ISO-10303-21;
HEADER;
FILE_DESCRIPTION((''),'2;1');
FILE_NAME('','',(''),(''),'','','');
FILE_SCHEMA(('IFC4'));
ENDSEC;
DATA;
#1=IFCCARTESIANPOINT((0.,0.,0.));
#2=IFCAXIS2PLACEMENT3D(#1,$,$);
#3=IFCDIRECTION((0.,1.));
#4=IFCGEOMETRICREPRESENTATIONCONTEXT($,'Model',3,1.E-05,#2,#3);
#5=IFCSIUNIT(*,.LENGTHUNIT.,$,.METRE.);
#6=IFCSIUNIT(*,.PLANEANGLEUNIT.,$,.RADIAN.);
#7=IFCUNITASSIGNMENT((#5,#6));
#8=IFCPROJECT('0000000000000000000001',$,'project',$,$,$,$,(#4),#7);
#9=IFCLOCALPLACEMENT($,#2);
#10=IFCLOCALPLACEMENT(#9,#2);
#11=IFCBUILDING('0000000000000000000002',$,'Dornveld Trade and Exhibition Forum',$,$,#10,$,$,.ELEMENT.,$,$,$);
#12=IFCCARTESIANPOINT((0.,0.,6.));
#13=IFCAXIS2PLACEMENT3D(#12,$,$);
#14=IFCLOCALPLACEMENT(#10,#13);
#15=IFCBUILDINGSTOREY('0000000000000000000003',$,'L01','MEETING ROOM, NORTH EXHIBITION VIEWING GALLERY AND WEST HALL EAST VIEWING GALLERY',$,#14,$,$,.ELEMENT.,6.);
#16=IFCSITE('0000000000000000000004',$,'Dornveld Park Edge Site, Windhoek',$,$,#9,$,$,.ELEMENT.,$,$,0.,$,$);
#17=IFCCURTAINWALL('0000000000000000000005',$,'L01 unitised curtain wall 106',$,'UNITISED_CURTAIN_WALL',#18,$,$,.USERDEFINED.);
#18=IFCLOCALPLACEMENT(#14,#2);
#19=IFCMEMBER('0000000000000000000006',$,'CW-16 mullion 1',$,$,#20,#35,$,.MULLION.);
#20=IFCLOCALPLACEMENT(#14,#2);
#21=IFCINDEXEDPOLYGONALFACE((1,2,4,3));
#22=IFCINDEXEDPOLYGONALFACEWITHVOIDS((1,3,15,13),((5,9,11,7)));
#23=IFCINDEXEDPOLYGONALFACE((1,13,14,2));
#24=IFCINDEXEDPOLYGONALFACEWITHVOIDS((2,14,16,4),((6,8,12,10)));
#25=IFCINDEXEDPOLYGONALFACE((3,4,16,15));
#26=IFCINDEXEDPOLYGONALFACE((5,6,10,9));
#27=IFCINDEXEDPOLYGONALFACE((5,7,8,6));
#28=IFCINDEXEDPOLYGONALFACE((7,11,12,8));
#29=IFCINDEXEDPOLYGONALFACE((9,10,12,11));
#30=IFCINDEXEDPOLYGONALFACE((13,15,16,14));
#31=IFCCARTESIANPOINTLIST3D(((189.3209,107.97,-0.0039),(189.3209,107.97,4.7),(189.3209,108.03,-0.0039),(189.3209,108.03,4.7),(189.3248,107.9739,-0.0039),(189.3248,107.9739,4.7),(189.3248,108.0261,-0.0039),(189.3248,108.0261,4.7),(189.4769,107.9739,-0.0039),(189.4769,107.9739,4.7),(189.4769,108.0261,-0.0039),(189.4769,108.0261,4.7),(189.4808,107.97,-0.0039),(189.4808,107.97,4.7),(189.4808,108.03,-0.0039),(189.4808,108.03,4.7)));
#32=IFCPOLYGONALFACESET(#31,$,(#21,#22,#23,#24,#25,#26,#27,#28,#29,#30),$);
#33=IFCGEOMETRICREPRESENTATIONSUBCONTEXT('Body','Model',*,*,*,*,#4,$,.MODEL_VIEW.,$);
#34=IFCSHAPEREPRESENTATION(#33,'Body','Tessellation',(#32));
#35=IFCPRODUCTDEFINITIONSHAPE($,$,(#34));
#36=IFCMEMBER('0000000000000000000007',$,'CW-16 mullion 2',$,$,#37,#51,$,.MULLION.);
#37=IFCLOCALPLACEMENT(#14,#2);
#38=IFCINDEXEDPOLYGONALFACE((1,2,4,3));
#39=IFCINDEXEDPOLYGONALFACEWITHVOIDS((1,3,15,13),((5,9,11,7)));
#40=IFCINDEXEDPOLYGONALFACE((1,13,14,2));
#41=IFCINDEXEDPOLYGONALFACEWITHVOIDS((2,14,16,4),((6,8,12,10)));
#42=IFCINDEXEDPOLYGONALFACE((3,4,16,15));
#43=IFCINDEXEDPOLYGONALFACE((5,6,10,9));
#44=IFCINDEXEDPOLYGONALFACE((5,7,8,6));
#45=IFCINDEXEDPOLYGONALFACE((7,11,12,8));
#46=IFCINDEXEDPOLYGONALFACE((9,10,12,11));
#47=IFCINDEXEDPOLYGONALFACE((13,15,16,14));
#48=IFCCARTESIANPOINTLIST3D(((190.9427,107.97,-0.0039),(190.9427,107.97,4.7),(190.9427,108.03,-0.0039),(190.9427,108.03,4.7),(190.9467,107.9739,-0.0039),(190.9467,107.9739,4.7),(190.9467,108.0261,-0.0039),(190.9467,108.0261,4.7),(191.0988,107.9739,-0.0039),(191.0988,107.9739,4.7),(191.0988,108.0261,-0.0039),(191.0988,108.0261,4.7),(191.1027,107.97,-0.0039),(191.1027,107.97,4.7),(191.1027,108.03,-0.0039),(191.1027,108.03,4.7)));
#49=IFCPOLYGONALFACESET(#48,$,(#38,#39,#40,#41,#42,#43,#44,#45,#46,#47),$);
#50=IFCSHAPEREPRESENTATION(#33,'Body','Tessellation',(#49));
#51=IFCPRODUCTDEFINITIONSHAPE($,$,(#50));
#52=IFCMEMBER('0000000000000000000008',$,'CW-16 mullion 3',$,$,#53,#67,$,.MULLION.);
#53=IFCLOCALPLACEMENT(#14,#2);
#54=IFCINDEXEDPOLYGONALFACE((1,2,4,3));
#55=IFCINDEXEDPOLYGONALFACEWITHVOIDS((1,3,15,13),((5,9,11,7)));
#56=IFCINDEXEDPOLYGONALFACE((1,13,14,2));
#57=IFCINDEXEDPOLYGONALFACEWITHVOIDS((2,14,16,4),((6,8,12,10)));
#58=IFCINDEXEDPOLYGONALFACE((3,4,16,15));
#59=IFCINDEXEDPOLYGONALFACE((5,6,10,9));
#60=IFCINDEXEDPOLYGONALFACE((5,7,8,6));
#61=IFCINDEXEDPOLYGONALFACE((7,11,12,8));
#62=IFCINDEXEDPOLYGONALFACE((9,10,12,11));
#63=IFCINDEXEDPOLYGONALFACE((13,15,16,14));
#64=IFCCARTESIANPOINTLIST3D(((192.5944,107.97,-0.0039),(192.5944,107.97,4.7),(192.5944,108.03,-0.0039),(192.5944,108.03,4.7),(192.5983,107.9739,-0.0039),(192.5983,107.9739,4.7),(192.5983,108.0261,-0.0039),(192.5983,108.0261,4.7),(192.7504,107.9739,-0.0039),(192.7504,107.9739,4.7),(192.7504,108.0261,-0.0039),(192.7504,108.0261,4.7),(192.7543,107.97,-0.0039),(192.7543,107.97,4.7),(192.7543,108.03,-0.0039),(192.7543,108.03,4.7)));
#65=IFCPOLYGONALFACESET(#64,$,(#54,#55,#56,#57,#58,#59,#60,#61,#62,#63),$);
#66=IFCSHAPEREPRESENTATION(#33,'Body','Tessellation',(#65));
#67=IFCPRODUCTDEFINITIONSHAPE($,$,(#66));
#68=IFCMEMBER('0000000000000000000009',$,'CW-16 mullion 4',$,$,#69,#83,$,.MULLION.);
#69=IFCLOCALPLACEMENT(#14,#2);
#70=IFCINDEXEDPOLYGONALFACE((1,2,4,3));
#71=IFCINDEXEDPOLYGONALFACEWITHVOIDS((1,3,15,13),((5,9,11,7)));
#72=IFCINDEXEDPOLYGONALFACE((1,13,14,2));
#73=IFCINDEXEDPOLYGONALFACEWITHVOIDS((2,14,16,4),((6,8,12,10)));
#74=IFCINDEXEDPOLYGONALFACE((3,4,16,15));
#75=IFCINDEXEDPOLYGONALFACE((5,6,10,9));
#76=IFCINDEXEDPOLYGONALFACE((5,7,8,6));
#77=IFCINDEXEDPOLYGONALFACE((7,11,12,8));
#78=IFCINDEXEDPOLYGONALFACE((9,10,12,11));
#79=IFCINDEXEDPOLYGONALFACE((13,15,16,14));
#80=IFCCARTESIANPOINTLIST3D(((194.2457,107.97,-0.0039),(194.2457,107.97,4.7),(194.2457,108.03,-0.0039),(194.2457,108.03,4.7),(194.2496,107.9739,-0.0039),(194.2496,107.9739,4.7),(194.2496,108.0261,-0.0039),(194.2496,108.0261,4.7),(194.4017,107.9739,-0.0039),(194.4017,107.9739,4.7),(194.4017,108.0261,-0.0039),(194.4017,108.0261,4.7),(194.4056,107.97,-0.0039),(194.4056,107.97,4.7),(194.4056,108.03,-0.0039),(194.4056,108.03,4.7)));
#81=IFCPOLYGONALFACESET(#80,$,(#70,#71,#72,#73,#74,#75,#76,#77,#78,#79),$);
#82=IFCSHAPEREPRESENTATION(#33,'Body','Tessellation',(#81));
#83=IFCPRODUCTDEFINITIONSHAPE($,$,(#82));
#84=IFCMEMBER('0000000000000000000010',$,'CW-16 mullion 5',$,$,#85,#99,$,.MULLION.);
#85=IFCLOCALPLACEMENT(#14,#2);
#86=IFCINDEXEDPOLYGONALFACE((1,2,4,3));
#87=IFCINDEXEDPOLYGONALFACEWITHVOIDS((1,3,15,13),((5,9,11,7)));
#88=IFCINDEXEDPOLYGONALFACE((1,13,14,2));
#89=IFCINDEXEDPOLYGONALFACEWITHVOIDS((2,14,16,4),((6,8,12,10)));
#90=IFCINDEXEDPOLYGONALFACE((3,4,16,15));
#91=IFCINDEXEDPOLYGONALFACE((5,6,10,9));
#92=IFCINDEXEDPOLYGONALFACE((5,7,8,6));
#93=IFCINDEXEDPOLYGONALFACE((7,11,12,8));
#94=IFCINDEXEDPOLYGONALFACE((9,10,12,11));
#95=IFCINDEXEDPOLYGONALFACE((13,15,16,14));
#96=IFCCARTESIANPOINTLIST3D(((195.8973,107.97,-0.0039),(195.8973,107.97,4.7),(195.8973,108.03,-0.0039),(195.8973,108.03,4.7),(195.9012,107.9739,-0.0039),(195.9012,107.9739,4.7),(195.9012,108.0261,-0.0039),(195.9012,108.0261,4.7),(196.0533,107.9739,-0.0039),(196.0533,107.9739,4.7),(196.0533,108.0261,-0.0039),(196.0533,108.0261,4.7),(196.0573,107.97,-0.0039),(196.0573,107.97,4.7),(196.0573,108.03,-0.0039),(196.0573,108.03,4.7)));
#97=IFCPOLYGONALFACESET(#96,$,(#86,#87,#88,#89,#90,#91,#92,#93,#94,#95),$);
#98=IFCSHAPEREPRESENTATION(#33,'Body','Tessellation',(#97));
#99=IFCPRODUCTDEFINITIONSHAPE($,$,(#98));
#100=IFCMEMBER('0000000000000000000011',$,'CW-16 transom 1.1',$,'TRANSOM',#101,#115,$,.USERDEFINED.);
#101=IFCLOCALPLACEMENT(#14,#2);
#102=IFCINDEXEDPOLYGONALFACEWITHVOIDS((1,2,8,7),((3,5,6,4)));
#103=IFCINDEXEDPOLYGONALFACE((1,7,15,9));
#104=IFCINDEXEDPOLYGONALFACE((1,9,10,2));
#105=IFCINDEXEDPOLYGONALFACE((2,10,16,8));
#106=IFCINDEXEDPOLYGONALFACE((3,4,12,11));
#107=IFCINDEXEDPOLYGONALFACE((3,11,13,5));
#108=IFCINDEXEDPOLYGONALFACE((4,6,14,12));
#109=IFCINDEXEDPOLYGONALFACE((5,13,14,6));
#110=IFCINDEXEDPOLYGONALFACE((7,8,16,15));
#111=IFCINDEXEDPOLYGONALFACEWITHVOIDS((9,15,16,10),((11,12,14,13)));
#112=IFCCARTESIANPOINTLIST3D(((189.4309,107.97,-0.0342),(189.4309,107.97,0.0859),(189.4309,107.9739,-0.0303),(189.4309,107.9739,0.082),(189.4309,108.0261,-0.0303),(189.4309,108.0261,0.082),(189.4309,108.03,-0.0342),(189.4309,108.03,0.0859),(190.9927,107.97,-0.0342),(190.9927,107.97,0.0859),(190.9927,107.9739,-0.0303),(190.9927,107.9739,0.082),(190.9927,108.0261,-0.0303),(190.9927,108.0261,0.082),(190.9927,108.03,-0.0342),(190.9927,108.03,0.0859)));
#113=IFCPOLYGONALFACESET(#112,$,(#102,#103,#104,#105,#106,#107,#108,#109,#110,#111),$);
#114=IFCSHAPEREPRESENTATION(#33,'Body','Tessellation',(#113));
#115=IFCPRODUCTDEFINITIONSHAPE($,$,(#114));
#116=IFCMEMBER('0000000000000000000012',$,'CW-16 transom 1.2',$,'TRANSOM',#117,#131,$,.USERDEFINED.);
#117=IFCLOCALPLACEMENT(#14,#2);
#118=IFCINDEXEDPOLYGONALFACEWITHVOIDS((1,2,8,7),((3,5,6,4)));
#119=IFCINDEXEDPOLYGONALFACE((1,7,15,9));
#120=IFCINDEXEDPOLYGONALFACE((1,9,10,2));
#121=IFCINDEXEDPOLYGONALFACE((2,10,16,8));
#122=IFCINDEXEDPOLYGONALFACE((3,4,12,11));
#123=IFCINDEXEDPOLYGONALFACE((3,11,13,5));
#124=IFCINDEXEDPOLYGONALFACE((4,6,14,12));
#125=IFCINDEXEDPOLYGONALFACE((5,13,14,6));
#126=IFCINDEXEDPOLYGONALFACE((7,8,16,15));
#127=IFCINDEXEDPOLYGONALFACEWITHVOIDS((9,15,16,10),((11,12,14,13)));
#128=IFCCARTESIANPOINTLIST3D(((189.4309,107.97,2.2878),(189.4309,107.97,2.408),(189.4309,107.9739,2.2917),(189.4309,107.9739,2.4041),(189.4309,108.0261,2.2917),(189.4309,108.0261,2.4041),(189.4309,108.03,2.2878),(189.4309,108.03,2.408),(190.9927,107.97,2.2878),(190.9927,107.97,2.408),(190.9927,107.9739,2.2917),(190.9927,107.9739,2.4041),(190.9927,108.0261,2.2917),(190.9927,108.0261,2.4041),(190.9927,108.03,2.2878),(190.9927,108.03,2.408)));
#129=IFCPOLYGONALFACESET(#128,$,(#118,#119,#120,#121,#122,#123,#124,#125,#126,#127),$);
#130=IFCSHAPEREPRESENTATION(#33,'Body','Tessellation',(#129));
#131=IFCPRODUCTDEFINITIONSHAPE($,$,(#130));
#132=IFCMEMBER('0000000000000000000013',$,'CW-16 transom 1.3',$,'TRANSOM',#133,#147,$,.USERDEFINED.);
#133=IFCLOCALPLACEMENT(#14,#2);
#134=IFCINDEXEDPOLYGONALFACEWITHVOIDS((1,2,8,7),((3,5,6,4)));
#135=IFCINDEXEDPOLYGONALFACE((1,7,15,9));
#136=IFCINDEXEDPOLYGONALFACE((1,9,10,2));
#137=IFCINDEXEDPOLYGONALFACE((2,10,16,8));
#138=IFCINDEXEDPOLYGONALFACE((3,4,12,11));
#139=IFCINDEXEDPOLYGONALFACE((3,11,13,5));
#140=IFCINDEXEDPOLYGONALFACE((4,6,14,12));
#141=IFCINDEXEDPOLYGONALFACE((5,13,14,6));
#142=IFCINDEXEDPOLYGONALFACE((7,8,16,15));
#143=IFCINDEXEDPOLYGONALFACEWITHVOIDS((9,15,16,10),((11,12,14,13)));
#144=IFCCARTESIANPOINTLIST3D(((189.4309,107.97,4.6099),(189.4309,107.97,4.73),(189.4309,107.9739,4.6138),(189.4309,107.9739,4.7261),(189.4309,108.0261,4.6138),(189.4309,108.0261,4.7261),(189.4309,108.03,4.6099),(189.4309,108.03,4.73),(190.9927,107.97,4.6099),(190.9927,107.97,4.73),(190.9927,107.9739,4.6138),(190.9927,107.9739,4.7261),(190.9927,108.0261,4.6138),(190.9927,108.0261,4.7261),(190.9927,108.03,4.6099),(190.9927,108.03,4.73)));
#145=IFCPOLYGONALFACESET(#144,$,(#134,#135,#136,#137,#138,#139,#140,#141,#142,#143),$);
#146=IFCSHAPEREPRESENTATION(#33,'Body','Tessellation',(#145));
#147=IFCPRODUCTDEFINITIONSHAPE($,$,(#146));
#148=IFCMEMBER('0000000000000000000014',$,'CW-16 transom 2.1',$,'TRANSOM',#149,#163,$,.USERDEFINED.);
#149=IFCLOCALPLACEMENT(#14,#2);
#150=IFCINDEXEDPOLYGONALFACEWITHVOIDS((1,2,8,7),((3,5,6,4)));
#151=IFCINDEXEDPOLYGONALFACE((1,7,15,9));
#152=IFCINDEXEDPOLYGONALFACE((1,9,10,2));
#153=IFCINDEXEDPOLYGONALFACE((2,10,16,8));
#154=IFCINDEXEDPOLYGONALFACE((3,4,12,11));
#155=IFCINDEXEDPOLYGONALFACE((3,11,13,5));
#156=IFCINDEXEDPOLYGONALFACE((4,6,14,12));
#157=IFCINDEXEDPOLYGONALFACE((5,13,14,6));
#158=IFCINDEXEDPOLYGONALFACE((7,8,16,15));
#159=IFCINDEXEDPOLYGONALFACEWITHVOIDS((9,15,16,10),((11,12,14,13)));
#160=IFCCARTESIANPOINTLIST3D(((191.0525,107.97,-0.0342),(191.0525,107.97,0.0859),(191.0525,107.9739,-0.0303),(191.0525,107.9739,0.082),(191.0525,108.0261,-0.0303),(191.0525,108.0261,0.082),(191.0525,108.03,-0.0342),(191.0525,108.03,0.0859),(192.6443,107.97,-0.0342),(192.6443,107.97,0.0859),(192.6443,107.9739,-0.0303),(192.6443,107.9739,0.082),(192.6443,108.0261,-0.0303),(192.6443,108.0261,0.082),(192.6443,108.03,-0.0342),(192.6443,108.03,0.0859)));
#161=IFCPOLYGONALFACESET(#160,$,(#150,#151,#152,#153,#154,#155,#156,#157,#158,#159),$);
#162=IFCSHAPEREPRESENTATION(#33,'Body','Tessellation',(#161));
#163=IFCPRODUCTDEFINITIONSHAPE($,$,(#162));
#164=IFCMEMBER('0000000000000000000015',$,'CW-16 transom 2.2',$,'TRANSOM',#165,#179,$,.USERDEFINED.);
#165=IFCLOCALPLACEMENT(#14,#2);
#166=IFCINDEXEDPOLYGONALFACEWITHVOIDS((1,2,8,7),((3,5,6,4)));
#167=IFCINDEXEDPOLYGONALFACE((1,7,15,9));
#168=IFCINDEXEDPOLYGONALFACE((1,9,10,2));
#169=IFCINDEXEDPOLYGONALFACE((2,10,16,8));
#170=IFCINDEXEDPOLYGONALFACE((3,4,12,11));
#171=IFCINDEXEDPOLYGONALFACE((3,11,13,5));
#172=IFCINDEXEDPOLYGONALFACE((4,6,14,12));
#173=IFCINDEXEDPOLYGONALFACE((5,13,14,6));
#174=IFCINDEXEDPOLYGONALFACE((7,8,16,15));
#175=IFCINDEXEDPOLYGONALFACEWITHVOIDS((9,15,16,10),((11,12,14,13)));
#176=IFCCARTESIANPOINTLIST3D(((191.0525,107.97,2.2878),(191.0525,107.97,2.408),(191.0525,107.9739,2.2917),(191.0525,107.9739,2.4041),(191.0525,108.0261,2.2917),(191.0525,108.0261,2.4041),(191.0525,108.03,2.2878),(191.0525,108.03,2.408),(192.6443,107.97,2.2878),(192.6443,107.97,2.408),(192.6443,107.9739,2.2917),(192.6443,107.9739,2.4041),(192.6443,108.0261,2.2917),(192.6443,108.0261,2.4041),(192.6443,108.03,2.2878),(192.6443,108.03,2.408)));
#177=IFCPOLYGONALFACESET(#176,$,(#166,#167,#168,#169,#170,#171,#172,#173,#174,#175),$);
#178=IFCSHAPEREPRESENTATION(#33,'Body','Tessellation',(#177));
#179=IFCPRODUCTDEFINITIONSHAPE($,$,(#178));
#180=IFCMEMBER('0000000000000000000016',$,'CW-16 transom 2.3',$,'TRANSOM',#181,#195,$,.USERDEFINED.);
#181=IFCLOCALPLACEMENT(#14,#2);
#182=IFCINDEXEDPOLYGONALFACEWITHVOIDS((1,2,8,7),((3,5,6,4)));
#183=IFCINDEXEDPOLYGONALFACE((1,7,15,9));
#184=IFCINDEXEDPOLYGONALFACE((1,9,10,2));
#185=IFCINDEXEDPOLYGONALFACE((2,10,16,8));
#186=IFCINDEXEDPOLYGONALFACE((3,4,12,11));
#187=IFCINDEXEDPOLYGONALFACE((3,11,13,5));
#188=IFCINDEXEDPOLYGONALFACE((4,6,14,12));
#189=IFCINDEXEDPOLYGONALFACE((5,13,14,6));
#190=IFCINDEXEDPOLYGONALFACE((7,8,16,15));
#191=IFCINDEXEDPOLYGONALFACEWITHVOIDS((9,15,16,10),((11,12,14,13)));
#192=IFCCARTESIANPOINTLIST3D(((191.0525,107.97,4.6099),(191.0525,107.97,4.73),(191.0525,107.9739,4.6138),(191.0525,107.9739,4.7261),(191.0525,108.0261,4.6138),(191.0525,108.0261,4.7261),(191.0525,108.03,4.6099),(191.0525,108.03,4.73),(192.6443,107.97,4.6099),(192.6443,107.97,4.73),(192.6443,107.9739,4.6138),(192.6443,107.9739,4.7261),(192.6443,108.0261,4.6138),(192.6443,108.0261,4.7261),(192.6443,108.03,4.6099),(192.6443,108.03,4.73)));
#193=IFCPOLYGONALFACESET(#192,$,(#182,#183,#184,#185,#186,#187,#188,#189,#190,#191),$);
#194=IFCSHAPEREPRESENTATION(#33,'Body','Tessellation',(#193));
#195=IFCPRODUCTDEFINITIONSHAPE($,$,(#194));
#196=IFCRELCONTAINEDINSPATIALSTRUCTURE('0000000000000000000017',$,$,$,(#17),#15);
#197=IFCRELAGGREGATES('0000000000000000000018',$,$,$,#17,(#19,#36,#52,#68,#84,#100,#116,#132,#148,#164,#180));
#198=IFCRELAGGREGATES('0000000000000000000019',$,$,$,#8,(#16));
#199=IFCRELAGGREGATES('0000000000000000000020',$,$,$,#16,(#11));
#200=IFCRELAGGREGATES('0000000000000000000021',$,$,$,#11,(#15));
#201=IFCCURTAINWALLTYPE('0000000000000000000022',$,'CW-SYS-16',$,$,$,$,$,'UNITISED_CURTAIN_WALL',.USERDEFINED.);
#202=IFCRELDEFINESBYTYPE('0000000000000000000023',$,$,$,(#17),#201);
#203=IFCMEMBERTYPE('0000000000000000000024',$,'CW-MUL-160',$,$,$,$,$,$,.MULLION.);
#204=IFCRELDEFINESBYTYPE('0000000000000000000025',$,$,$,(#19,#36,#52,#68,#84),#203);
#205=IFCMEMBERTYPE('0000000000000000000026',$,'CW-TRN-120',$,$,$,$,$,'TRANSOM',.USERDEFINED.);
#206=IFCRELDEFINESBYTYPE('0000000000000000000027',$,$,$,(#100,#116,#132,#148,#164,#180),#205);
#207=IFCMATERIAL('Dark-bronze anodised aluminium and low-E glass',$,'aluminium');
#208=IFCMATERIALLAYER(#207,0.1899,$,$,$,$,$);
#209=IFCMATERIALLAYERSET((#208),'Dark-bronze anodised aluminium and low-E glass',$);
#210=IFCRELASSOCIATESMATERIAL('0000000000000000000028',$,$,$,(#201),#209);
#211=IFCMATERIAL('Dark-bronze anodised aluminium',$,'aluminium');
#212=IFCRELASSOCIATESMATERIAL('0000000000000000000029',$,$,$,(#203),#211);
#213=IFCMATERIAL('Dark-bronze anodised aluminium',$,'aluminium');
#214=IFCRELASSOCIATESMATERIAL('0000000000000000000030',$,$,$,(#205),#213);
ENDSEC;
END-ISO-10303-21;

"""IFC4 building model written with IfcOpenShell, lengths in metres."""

from ifc_helpers import new_model, si_unit, direction, frame, origin, origin_2d, place, context, subcontext, project, spatial, hollow_rectangle, extrude, material, layer, layer_set, material_profile, profile_set, type_object, element, aggregate, save


model = new_model("IFC4")

# Units and contexts
model_context = context("Model", 3, precision=1e-05, world=origin(), true_north=direction((0.0, 1.0)))
body_context = subcontext(model_context, "Body", "Model", "MODEL_VIEW")
ifc_project = project(units=[si_unit("LENGTHUNIT", "METRE"), si_unit("PLANEANGLEUNIT", "RADIAN")], contexts=[model_context])

# Site, building, storey
site_placement = place(None, origin())
site = spatial("IfcSite", under=ifc_project, at=site_placement, Name="Dornveld Park Edge Site, Windhoek", CompositionType="ELEMENT", RefElevation=0.0)
building_placement = place(site_placement, origin())
building = spatial("IfcBuilding", under=site, at=building_placement, Name="Dornveld Trade and Exhibition Forum", CompositionType="ELEMENT")
storey_placement = place(building_placement, frame((0.0, 0.0, 6.0)))
storey = spatial("IfcBuildingStorey", under=building, at=storey_placement, Name="L01", Description="MEETING ROOM, NORTH EXHIBITION VIEWING GALLERY AND WEST HALL EAST VIEWING GALLERY", CompositionType="ELEMENT", Elevation=6.0)

# Curtain wall, members
ifc_material_1 = material(Name="Dark-bronze anodised aluminium and low-E glass", Category="aluminium")
ifc_layer_1 = layer(ifc_material_1, 0.1899)
ifc_layer_set_1 = layer_set([ifc_layer_1], Name="Dark-bronze anodised aluminium and low-E glass")
curtain_wall_type = type_object("IfcCurtainWallType", Name="CW-SYS-16", ElementType="UNITISED_CURTAIN_WALL", PredefinedType="USERDEFINED", material=ifc_layer_set_1)
curtain_wall_placement = place(storey_placement, origin())
curtain_wall = element("IfcCurtainWall", 1, at=curtain_wall_placement, inside=storey, type_object=curtain_wall_type, Name="L01 unitised curtain wall 106", ObjectType="UNITISED_CURTAIN_WALL", PredefinedType="USERDEFINED")
ifc_material_2 = material(Name="Dark-bronze anodised aluminium", Category="aluminium")
ifc_material_profile_1 = material_profile(ifc_material_2, hollow_rectangle(XDim=0.0601, YDim=0.1599, WallThickness=0.0039, at=origin_2d()), Name="RHS 160x60x4")
ifc_profile_set_1 = profile_set([ifc_material_profile_1], Name="Dark-bronze anodised aluminium")
member_type_1 = type_object("IfcMemberType", Name="CW-MUL-160", PredefinedType="MULLION", material=ifc_profile_set_1)
member_1_placement = place(storey_placement, frame((189.4009, 108.0, -0.0039), z_axis=(0.0, 0.0, 1.0), x_axis=(0.0, 1.0, 0.0)))
member_1 = element("IfcMember", 2, at=member_1_placement, type_object=member_type_1, Name="CW-16 mullion 1", PredefinedType="MULLION", context=body_context, shape_type="SweptSolid", body=[
    extrude(hollow_rectangle(XDim=0.0601, YDim=0.1599, WallThickness=0.0039, at=origin_2d()), origin(), (0.0, 0.0, 1.0), 4.7039),
])
member_2_placement = place(storey_placement, frame((191.0227, 108.0, -0.0039), z_axis=(0.0, 0.0, 1.0), x_axis=(0.0, 1.0, 0.0)))
member_2 = element("IfcMember", 3, at=member_2_placement, type_object=member_type_1, Name="CW-16 mullion 2", PredefinedType="MULLION", context=body_context, shape_type="SweptSolid", body=[
    extrude(hollow_rectangle(XDim=0.0601, YDim=0.1599, WallThickness=0.0039, at=origin_2d()), origin(), (0.0, 0.0, 1.0), 4.7039),
])
member_3_placement = place(storey_placement, frame((192.6743, 108.0, -0.0039), z_axis=(0.0, 0.0, 1.0), x_axis=(0.0, 1.0, 0.0)))
member_3 = element("IfcMember", 4, at=member_3_placement, type_object=member_type_1, Name="CW-16 mullion 3", PredefinedType="MULLION", context=body_context, shape_type="SweptSolid", body=[
    extrude(hollow_rectangle(XDim=0.0601, YDim=0.1599, WallThickness=0.0039, at=origin_2d()), origin(), (0.0, 0.0, 1.0), 4.7039),
])
member_4_placement = place(storey_placement, frame((194.3257, 108.0, -0.0039), z_axis=(0.0, 0.0, 1.0), x_axis=(0.0, 1.0, 0.0)))
member_4 = element("IfcMember", 5, at=member_4_placement, type_object=member_type_1, Name="CW-16 mullion 4", PredefinedType="MULLION", context=body_context, shape_type="SweptSolid", body=[
    extrude(hollow_rectangle(XDim=0.0601, YDim=0.1599, WallThickness=0.0039, at=origin_2d()), origin(), (0.0, 0.0, 1.0), 4.7039),
])
member_5_placement = place(storey_placement, frame((195.9773, 108.0, -0.0039), z_axis=(0.0, 0.0, 1.0), x_axis=(0.0, 1.0, 0.0)))
member_5 = element("IfcMember", 6, at=member_5_placement, type_object=member_type_1, Name="CW-16 mullion 5", PredefinedType="MULLION", context=body_context, shape_type="SweptSolid", body=[
    extrude(hollow_rectangle(XDim=0.0601, YDim=0.1599, WallThickness=0.0039, at=origin_2d()), origin(), (0.0, 0.0, 1.0), 4.7039),
])
ifc_material_3 = material(Name="Dark-bronze anodised aluminium", Category="aluminium")
ifc_material_profile_2 = material_profile(ifc_material_3, hollow_rectangle(XDim=0.0601, YDim=0.1201, WallThickness=0.0039, at=origin_2d()), Name="RHS 120x60x4")
ifc_profile_set_2 = profile_set([ifc_material_profile_2], Name="Dark-bronze anodised aluminium")
member_type_2 = type_object("IfcMemberType", Name="CW-TRN-120", ElementType="TRANSOM", PredefinedType="USERDEFINED", material=ifc_profile_set_2)
member_6_placement = place(storey_placement, frame((189.4309, 108.0, 0.0259), z_axis=(1.0, 0.0, 0.0), x_axis=(0.0, 1.0, 0.0)))
member_6 = element("IfcMember", 7, at=member_6_placement, type_object=member_type_2, Name="CW-16 transom 1.1", ObjectType="TRANSOM", PredefinedType="USERDEFINED", context=body_context, shape_type="SweptSolid", body=[
    extrude(hollow_rectangle(XDim=0.0601, YDim=0.1201, WallThickness=0.0039, at=origin_2d()), origin(), (0.0, 0.0, 1.0), 1.5618),
])
member_7_placement = place(storey_placement, frame((189.4309, 108.0, 2.3479), z_axis=(1.0, 0.0, 0.0), x_axis=(0.0, 1.0, 0.0)))
member_7 = element("IfcMember", 8, at=member_7_placement, type_object=member_type_2, Name="CW-16 transom 1.2", ObjectType="TRANSOM", PredefinedType="USERDEFINED", context=body_context, shape_type="SweptSolid", body=[
    extrude(hollow_rectangle(XDim=0.0601, YDim=0.1201, WallThickness=0.0039, at=origin_2d()), origin(), (0.0, 0.0, 1.0), 1.5618),
])
member_8_placement = place(storey_placement, frame((189.4309, 108.0, 4.6699), z_axis=(1.0, 0.0, 0.0), x_axis=(0.0, 1.0, 0.0)))
member_8 = element("IfcMember", 9, at=member_8_placement, type_object=member_type_2, Name="CW-16 transom 1.3", ObjectType="TRANSOM", PredefinedType="USERDEFINED", context=body_context, shape_type="SweptSolid", body=[
    extrude(hollow_rectangle(XDim=0.0601, YDim=0.1201, WallThickness=0.0039, at=origin_2d()), origin(), (0.0, 0.0, 1.0), 1.5618),
])
member_9_placement = place(storey_placement, frame((191.0525, 108.0, 0.0259), z_axis=(1.0, 0.0, 0.0), x_axis=(0.0, 1.0, 0.0)))
member_9 = element("IfcMember", 10, at=member_9_placement, type_object=member_type_2, Name="CW-16 transom 2.1", ObjectType="TRANSOM", PredefinedType="USERDEFINED", context=body_context, shape_type="SweptSolid", body=[
    extrude(hollow_rectangle(XDim=0.0601, YDim=0.1201, WallThickness=0.0039, at=origin_2d()), origin(), (0.0, 0.0, 1.0), 1.5918),
])
member_10_placement = place(storey_placement, frame((191.0525, 108.0, 2.3479), z_axis=(1.0, 0.0, 0.0), x_axis=(0.0, 1.0, 0.0)))
member_10 = element("IfcMember", 11, at=member_10_placement, type_object=member_type_2, Name="CW-16 transom 2.2", ObjectType="TRANSOM", PredefinedType="USERDEFINED", context=body_context, shape_type="SweptSolid", body=[
    extrude(hollow_rectangle(XDim=0.0601, YDim=0.1201, WallThickness=0.0039, at=origin_2d()), origin(), (0.0, 0.0, 1.0), 1.5918),
])
member_11_placement = place(storey_placement, frame((191.0525, 108.0, 4.6699), z_axis=(1.0, 0.0, 0.0), x_axis=(0.0, 1.0, 0.0)))
member_11 = element("IfcMember", 12, at=member_11_placement, type_object=member_type_2, Name="CW-16 transom 2.3", ObjectType="TRANSOM", PredefinedType="USERDEFINED", context=body_context, shape_type="SweptSolid", body=[
    extrude(hollow_rectangle(XDim=0.0601, YDim=0.1201, WallThickness=0.0039, at=origin_2d()), origin(), (0.0, 0.0, 1.0), 1.5918),
])
aggregate(curtain_wall, [member_1, member_2, member_3, member_4, member_5, member_6, member_7, member_8, member_9, member_10, member_11])

save(model, "model.ifc")
